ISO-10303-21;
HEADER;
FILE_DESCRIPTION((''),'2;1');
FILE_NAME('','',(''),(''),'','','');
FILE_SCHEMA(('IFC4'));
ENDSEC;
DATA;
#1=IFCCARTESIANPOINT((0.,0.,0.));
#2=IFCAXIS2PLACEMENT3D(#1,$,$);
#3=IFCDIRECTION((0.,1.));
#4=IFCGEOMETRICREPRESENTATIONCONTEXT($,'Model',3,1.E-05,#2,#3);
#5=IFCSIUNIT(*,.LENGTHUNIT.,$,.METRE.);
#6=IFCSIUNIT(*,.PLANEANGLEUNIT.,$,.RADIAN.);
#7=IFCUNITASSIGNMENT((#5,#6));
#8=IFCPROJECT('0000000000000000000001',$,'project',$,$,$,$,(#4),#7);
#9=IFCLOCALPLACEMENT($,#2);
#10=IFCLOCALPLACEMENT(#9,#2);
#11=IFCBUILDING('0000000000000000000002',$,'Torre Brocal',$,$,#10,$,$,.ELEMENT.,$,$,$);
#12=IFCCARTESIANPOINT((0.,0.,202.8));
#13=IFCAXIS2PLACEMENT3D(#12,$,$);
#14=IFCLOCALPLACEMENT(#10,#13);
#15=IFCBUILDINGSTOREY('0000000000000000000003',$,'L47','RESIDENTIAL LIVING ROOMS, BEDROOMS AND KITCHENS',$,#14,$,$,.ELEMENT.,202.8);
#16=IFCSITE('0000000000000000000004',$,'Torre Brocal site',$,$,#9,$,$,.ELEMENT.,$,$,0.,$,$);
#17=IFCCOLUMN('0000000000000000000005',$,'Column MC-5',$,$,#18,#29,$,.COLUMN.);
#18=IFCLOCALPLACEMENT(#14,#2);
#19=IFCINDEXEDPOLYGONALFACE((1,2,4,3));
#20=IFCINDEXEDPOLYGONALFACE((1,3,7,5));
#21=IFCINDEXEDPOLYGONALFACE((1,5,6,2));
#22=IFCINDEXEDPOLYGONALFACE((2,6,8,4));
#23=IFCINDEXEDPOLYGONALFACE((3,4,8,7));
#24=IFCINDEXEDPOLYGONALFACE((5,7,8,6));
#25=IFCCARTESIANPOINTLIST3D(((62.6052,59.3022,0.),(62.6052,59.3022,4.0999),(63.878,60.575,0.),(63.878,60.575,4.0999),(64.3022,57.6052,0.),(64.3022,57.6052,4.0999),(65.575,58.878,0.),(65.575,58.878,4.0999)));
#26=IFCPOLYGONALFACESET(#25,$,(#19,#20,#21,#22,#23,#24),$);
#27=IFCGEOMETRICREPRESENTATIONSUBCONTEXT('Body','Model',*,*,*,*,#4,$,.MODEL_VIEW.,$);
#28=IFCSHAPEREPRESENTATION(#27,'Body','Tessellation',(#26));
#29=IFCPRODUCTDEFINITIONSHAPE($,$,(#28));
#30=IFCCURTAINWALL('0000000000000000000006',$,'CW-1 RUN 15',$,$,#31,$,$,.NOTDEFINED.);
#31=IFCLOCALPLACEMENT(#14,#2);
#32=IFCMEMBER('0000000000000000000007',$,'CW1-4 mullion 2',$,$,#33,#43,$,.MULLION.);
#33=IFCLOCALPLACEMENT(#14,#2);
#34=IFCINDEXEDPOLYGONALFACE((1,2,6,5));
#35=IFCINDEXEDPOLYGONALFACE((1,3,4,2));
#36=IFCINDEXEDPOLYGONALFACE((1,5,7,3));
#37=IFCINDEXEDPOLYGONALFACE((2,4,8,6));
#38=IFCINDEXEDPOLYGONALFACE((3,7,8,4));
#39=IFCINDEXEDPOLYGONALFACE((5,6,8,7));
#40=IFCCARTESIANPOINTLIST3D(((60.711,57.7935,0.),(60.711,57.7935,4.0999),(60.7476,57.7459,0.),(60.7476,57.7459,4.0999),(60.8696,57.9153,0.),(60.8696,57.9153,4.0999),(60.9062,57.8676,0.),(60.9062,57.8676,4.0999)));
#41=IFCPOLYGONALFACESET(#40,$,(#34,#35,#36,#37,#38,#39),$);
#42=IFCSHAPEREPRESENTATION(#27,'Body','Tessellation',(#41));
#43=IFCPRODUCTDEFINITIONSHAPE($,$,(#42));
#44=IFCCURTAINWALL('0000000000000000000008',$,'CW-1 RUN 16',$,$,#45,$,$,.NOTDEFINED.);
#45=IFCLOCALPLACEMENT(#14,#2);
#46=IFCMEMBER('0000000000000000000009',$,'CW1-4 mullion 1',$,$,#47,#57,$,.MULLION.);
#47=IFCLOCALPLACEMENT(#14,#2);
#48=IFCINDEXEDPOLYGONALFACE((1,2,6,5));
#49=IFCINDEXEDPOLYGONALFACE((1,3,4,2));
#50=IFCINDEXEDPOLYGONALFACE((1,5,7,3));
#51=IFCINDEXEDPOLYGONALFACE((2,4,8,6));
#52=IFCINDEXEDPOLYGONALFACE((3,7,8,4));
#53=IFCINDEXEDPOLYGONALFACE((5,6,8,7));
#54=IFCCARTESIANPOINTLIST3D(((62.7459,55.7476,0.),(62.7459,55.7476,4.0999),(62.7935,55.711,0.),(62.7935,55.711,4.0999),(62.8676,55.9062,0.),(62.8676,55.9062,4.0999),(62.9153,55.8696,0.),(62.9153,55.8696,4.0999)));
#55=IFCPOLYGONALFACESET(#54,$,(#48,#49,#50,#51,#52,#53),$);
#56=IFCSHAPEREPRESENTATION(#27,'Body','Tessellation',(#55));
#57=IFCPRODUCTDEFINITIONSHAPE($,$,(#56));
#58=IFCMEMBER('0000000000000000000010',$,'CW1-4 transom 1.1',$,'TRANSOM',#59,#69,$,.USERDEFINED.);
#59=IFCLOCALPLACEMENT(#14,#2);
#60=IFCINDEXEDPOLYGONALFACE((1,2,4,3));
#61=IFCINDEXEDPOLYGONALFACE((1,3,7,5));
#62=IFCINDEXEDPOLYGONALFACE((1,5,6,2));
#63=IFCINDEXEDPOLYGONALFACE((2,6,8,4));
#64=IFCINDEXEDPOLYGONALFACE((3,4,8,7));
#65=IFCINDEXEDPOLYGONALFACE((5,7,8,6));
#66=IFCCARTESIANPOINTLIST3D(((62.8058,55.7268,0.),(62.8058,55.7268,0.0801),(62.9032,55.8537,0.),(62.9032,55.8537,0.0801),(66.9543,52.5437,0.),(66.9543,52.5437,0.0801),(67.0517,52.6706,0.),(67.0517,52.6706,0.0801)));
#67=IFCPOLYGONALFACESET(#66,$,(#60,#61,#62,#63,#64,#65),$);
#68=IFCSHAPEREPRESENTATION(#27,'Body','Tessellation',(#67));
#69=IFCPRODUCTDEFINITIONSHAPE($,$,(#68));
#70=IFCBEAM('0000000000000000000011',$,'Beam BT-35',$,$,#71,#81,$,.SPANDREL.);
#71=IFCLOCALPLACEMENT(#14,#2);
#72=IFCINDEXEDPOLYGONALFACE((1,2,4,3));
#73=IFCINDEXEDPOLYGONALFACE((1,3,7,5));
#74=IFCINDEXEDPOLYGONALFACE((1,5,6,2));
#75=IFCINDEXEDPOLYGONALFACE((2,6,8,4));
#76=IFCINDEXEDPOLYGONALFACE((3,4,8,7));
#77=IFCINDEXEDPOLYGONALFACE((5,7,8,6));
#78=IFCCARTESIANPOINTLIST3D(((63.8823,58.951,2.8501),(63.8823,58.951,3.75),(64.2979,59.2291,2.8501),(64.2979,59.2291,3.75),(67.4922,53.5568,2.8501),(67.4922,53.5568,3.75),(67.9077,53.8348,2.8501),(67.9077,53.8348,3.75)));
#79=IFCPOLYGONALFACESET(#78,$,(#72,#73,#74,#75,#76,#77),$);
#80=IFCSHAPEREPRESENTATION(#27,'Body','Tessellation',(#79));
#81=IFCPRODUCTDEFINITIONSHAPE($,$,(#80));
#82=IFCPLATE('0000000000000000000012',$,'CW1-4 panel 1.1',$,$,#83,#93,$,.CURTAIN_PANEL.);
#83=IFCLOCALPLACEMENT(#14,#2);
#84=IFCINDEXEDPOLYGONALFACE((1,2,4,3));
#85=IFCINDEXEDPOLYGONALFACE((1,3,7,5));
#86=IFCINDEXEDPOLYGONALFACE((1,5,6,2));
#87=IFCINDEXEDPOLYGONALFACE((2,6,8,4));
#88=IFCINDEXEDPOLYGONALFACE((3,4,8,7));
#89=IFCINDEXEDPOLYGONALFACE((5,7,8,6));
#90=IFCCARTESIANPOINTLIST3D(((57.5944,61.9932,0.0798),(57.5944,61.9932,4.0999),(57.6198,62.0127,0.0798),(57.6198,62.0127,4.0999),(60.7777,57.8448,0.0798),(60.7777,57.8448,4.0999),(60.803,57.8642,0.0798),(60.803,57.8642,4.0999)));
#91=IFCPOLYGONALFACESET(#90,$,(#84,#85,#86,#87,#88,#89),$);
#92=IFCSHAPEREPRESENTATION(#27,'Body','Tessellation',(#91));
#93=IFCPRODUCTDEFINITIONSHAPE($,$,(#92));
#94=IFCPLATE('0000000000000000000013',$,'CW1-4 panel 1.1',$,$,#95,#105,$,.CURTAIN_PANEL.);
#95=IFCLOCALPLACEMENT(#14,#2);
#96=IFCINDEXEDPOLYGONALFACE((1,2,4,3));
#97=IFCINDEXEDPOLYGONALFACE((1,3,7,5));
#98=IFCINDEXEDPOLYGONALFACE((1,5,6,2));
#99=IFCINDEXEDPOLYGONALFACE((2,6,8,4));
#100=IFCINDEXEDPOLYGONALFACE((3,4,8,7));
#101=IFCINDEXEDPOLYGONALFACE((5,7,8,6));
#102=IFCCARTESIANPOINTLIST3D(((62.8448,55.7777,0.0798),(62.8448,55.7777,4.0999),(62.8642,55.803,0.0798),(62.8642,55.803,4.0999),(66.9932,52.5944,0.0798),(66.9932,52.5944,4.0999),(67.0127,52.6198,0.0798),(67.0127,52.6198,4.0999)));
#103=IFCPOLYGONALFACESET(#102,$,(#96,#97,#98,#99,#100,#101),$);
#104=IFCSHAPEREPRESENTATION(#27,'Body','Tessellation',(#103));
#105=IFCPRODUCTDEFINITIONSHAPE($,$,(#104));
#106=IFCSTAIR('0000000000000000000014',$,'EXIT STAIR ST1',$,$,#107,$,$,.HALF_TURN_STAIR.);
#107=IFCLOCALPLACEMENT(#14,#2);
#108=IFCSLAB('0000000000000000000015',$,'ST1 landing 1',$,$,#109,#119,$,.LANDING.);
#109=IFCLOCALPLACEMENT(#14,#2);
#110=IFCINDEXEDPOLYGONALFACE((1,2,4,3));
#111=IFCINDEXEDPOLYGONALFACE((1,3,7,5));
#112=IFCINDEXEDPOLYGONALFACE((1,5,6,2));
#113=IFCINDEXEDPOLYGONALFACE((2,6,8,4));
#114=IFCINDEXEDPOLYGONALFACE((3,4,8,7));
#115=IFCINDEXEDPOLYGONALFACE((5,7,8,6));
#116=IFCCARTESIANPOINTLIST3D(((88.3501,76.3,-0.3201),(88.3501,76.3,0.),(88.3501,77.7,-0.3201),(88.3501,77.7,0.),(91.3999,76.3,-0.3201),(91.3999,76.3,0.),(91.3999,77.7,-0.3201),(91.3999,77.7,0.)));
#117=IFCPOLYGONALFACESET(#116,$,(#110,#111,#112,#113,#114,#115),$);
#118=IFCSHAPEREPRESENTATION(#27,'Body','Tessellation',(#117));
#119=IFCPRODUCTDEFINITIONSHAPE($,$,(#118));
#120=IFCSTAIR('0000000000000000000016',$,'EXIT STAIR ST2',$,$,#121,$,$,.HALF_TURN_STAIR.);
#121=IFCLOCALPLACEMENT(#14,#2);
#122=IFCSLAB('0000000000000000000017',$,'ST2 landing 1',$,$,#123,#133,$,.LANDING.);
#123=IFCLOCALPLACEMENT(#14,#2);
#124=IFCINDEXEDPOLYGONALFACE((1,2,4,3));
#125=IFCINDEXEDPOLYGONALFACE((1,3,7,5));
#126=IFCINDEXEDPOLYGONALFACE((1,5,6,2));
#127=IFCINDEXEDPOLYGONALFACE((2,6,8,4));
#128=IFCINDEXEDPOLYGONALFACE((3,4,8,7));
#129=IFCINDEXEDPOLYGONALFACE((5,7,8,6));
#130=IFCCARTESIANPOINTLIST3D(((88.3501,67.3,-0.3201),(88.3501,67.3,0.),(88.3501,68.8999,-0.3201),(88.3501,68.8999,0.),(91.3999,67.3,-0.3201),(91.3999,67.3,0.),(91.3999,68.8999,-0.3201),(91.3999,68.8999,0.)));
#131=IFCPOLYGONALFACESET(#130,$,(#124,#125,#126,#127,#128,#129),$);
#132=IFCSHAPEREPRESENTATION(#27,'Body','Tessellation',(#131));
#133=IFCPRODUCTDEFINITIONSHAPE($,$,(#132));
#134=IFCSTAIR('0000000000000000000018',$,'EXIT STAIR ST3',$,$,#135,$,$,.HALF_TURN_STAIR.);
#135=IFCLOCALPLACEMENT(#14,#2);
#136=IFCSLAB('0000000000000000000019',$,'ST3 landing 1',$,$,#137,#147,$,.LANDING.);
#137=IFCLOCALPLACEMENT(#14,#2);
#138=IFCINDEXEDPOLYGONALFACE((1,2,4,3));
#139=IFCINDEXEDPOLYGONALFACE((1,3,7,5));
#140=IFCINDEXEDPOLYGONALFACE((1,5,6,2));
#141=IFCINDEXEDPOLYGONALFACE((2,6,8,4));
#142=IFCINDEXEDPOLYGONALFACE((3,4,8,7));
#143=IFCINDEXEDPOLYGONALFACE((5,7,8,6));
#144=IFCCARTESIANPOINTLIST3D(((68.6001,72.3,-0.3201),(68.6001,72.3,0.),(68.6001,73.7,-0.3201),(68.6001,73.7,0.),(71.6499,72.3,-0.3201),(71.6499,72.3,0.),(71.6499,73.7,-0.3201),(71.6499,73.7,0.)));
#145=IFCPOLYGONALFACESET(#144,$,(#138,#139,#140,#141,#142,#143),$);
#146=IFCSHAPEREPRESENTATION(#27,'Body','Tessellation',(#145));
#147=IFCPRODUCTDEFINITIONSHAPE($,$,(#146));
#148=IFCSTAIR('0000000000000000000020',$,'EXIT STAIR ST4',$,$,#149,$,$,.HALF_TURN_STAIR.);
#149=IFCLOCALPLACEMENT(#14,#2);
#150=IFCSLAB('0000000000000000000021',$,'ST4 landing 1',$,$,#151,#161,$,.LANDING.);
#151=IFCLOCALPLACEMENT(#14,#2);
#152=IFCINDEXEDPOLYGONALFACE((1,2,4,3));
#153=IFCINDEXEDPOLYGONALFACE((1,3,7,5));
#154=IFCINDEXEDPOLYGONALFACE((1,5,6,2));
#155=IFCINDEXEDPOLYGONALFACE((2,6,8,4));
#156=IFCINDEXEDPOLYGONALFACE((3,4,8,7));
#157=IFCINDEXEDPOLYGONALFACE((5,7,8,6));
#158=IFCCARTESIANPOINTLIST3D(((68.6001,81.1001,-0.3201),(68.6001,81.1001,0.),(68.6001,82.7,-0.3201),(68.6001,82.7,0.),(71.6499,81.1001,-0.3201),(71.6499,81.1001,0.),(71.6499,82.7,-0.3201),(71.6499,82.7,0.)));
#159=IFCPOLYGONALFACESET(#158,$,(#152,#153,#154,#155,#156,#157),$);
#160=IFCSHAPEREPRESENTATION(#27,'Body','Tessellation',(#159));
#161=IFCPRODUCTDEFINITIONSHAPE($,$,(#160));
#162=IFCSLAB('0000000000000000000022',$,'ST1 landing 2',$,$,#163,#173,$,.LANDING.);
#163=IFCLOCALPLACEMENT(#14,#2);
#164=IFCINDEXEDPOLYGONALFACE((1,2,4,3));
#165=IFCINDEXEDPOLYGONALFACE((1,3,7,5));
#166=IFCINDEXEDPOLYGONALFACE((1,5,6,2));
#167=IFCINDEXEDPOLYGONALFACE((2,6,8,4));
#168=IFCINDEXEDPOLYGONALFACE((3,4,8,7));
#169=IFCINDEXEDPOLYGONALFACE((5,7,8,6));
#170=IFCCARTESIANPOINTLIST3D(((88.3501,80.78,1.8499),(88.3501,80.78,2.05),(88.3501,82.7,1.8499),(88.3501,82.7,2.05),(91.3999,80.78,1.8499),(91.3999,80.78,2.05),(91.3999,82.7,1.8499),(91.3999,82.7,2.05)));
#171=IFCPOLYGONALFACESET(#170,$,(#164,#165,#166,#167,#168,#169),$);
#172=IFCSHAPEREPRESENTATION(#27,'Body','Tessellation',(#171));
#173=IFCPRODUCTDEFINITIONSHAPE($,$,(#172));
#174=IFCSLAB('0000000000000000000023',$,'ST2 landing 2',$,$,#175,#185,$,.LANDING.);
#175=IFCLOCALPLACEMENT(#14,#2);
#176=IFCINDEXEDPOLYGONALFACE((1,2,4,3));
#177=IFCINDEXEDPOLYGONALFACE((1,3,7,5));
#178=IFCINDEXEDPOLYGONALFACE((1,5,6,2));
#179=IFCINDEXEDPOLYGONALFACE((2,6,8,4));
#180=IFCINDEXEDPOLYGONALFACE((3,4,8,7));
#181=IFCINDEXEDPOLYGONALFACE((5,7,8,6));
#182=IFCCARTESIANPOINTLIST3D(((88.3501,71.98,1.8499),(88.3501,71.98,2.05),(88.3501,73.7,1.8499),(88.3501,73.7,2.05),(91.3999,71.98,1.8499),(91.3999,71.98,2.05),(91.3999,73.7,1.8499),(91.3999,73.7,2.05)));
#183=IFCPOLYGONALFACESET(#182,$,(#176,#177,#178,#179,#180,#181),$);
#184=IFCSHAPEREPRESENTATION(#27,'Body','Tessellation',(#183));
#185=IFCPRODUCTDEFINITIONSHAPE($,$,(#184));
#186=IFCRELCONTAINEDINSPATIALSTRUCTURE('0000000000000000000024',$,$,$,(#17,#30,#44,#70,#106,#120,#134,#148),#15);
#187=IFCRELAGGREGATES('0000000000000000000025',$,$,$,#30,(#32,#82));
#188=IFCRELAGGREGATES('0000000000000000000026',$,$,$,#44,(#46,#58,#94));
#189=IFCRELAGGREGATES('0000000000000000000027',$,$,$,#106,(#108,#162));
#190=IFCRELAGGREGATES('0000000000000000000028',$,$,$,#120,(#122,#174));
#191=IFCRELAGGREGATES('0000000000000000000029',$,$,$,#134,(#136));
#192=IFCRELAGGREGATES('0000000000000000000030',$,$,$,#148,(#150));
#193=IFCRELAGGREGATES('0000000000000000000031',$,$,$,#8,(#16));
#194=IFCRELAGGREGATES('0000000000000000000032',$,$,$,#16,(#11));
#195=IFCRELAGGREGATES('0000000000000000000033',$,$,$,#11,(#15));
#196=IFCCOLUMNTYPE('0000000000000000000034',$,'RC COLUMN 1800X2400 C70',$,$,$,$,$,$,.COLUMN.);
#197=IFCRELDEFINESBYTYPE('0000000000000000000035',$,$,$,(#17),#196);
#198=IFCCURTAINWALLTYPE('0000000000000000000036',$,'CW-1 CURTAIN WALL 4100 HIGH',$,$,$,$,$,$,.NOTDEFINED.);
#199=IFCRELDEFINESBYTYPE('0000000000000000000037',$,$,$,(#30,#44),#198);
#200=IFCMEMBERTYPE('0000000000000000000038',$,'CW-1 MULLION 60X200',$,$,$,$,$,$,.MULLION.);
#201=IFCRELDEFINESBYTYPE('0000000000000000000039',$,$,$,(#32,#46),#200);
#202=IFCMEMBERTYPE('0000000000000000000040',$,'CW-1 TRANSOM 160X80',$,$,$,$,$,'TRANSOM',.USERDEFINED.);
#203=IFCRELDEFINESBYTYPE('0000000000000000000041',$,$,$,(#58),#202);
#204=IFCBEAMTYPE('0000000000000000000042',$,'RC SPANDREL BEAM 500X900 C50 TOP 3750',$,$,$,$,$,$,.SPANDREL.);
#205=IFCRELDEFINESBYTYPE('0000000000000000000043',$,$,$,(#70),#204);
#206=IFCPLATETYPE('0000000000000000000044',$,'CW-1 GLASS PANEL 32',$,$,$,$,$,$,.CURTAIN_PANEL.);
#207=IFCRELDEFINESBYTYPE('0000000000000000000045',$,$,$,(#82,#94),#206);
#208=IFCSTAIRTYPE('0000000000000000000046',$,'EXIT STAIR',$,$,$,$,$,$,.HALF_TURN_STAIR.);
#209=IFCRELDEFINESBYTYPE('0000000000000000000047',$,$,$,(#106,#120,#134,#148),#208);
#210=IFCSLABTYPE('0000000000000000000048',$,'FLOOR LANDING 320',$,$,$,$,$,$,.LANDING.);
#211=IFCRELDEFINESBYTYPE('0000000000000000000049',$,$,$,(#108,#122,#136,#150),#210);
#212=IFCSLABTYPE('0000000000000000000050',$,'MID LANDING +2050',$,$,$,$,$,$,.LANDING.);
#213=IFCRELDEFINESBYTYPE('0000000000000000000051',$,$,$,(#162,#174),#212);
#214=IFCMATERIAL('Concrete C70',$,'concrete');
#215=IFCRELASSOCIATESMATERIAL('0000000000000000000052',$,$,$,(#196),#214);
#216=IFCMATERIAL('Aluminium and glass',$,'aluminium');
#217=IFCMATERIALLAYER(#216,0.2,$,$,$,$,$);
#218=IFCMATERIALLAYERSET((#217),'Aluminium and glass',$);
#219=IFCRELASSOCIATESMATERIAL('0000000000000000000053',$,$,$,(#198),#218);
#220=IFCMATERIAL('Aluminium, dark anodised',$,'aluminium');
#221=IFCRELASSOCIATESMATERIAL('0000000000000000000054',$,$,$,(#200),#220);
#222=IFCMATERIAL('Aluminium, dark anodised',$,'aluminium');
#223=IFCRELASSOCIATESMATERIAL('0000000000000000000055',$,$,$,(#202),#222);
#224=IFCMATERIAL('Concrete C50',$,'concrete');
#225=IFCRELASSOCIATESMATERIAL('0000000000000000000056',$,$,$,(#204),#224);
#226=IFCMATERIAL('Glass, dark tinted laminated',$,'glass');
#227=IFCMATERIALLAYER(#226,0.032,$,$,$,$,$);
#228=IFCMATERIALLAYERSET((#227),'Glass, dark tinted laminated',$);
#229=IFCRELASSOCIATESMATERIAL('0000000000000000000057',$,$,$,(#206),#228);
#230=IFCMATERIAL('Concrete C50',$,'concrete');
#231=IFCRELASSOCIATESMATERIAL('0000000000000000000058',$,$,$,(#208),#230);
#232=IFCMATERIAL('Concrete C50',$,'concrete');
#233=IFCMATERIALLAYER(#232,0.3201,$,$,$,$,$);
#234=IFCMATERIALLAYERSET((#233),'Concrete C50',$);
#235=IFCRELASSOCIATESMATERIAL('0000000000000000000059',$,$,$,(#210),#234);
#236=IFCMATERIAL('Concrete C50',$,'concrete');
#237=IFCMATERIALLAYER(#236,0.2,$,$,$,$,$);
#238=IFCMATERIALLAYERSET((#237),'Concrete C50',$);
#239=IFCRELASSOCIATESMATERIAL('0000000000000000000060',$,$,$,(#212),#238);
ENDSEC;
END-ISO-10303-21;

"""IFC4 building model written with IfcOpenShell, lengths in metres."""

from ifc_helpers import new_model, si_unit, direction, frame, origin, origin_2d, place, context, subcontext, project, spatial, polyline, rectangle, outline, extrude, material, layer, layer_set, material_profile, profile_set, type_object, element, aggregate, save


model = new_model("IFC4")

# Units and contexts
model_context = context("Model", 3, precision=1e-05, world=origin(), true_north=direction((0.0, 1.0)))
body_context = subcontext(model_context, "Body", "Model", "MODEL_VIEW")
ifc_project = project(units=[si_unit("LENGTHUNIT", "METRE"), si_unit("PLANEANGLEUNIT", "RADIAN")], contexts=[model_context])

# Site, building, storey
site_placement = place(None, origin())
site = spatial("IfcSite", under=ifc_project, at=site_placement, Name="Torre Brocal site", CompositionType="ELEMENT", RefElevation=0.0)
building_placement = place(site_placement, origin())
building = spatial("IfcBuilding", under=site, at=building_placement, Name="Torre Brocal", CompositionType="ELEMENT")
storey_placement = place(building_placement, frame((0.0, 0.0, 202.8)))
storey = spatial("IfcBuildingStorey", under=building, at=storey_placement, Name="L47", Description="RESIDENTIAL LIVING ROOMS, BEDROOMS AND KITCHENS", CompositionType="ELEMENT", Elevation=202.8)

# Column
ifc_material_1 = material(Name="Concrete C70", Category="concrete")
ifc_material_profile_1 = material_profile(ifc_material_1, rectangle(XDim=1.8, YDim=2.3999, at=origin_2d()), Name="RC 1800X2400")
ifc_profile_set_1 = profile_set([ifc_material_profile_1], Name="Concrete C70")
column_type = type_object("IfcColumnType", Name="RC COLUMN 1800X2400 C70", PredefinedType="COLUMN", material=ifc_profile_set_1)
column_placement = place(storey_placement, frame((64.0901, 59.0901, 0.0), z_axis=(0.0, 0.0, 1.0), x_axis=(-0.707107, -0.707107, 0.0)))
element("IfcColumn", 1, at=column_placement, inside=storey, type_object=column_type, Name="Column MC-5", PredefinedType="COLUMN", context=body_context, shape_type="SweptSolid", body=[
    extrude(rectangle(XDim=1.8, YDim=2.3999, at=origin_2d()), origin(), (0.0, 0.0, 1.0), 4.0999),
])

# Curtain wall, member
ifc_material_2 = material(Name="Aluminium and glass", Category="aluminium")
ifc_layer_1 = layer(ifc_material_2, 0.2)
ifc_layer_set_1 = layer_set([ifc_layer_1], Name="Aluminium and glass")
curtain_wall_type = type_object("IfcCurtainWallType", Name="CW-1 CURTAIN WALL 4100 HIGH", PredefinedType="NOTDEFINED", material=ifc_layer_set_1)
curtain_wall_1_placement = place(storey_placement, origin())
curtain_wall_1 = element("IfcCurtainWall", 2, at=curtain_wall_1_placement, inside=storey, type_object=curtain_wall_type, Name="CW-1 RUN 15", PredefinedType="NOTDEFINED")
ifc_material_3 = material(Name="Aluminium, dark anodised", Category="aluminium")
ifc_material_profile_2 = material_profile(ifc_material_3, rectangle(XDim=0.2, YDim=0.0601, at=origin_2d()), Name="CW-1 MULLION 60X200")
ifc_profile_set_2 = profile_set([ifc_material_profile_2], Name="Aluminium, dark anodised")
member_type_1 = type_object("IfcMemberType", Name="CW-1 MULLION 60X200", PredefinedType="MULLION", material=ifc_profile_set_2)
member_1_placement = place(storey_placement, frame((60.8086, 57.8306, 0.0), z_axis=(0.0, 0.0, 1.0), x_axis=(0.793353, 0.608761, 0.0)))
member_1 = element("IfcMember", 3, at=member_1_placement, type_object=member_type_1, Name="CW1-4 mullion 2", PredefinedType="MULLION", context=body_context, shape_type="SweptSolid", body=[
    extrude(rectangle(XDim=0.2, YDim=0.0601, at=origin_2d()), origin(), (0.0, 0.0, 1.0), 4.0999),
])

# Curtain wall, members
curtain_wall_2_placement = place(storey_placement, origin())
curtain_wall_2 = element("IfcCurtainWall", 4, at=curtain_wall_2_placement, inside=storey, type_object=curtain_wall_type, Name="CW-1 RUN 16", PredefinedType="NOTDEFINED")
member_2_placement = place(storey_placement, frame((62.8306, 55.8086, 0.0), z_axis=(0.0, 0.0, 1.0), x_axis=(0.608761, 0.793353, 0.0)))
member_2 = element("IfcMember", 5, at=member_2_placement, type_object=member_type_1, Name="CW1-4 mullion 1", PredefinedType="MULLION", context=body_context, shape_type="SweptSolid", body=[
    extrude(rectangle(XDim=0.2, YDim=0.0601, at=origin_2d()), origin(), (0.0, 0.0, 1.0), 4.0999),
])
ifc_material_4 = material(Name="Aluminium, dark anodised", Category="aluminium")
ifc_material_profile_3 = material_profile(ifc_material_4, rectangle(XDim=0.1599, YDim=0.0801, at=origin_2d()), Name="CW-1 TRANSOM 160X80")
ifc_profile_set_3 = profile_set([ifc_material_profile_3], Name="Aluminium, dark anodised")
member_type_2 = type_object("IfcMemberType", Name="CW-1 TRANSOM 160X80", ElementType="TRANSOM", PredefinedType="USERDEFINED", material=ifc_profile_set_3)
member_3_placement = place(storey_placement, frame((62.8545, 55.7903, 0.04), z_axis=(0.793363, -0.608749, 0.0), x_axis=(0.608749, 0.793363, 0.0)))
member_3 = element("IfcMember", 6, at=member_3_placement, type_object=member_type_2, Name="CW1-4 transom 1.1", ObjectType="TRANSOM", PredefinedType="USERDEFINED", context=body_context, shape_type="SweptSolid", body=[
    extrude(rectangle(XDim=0.1599, YDim=0.0801, at=origin_2d()), origin(), (0.0, 0.0, 1.0), 5.229),
])

# Beam
ifc_material_5 = material(Name="Concrete C50", Category="concrete")
ifc_material_profile_4 = material_profile(ifc_material_5, rectangle(XDim=0.5, YDim=0.8999, at=origin_2d()), Name="RC 500X900")
ifc_profile_set_4 = profile_set([ifc_material_profile_4], Name="Concrete C50")
beam_type = type_object("IfcBeamType", Name="RC SPANDREL BEAM 500X900 C50 TOP 3750", PredefinedType="SPANDREL", material=ifc_profile_set_4)
beam_placement = place(storey_placement, frame((64.0901, 59.0901, 3.3), z_axis=(0.556158, -0.831077, 0.0), x_axis=(0.831077, 0.556158, 0.0)))
element("IfcBeam", 7, at=beam_placement, inside=storey, type_object=beam_type, Name="Beam BT-35", PredefinedType="SPANDREL", context=body_context, shape_type="SweptSolid", body=[
    extrude(rectangle(XDim=0.5, YDim=0.8999, at=origin_2d()), origin(), (0.0, 0.0, 1.0), 6.4907),
])

# Plates
ifc_material_6 = material(Name="Glass, dark tinted laminated", Category="glass")
ifc_layer_2 = layer(ifc_material_6, 0.032)
ifc_layer_set_2 = layer_set([ifc_layer_2], Name="Glass, dark tinted laminated")
plate_type = type_object("IfcPlateType", Name="CW-1 GLASS PANEL 32", PredefinedType="CURTAIN_PANEL", material=ifc_layer_set_2)
plate_1_placement = place(storey_placement, frame((59.1987, 59.9287, 0.0798), z_axis=(0.0, 0.0, 1.0), x_axis=(0.608761, -0.793353, 0.0)))
plate_1 = element("IfcPlate", 8, at=plate_1_placement, type_object=plate_type, Name="CW1-4 panel 1.1", PredefinedType="CURTAIN_PANEL", context=body_context, shape_type="SweptSolid", body=[
    extrude(rectangle(XDim=5.229, YDim=0.032, at=origin_2d()), origin(), (0.0, 0.0, 1.0), 4.02),
])
aggregate(curtain_wall_1, [member_1, plate_1])
plate_2_placement = place(storey_placement, frame((64.9287, 54.1987, 0.0798), z_axis=(0.0, 0.0, 1.0), x_axis=(0.793353, -0.608761, 0.0)))
plate_2 = element("IfcPlate", 9, at=plate_2_placement, type_object=plate_type, Name="CW1-4 panel 1.1", PredefinedType="CURTAIN_PANEL", context=body_context, shape_type="SweptSolid", body=[
    extrude(rectangle(XDim=5.229, YDim=0.032, at=origin_2d()), origin(), (0.0, 0.0, 1.0), 4.02),
])
aggregate(curtain_wall_2, [member_2, member_3, plate_2])

# Stairs, slabs
ifc_material_7 = material(Name="Concrete C50", Category="concrete")
stair_type = type_object("IfcStairType", Name="EXIT STAIR", PredefinedType="HALF_TURN_STAIR", material=ifc_material_7)
stair_1_placement = place(storey_placement, origin())
stair_1 = element("IfcStair", 10, at=stair_1_placement, inside=storey, type_object=stair_type, Name="EXIT STAIR ST1", PredefinedType="HALF_TURN_STAIR")
ifc_material_8 = material(Name="Concrete C50", Category="concrete")
ifc_layer_3 = layer(ifc_material_8, 0.3201)
ifc_layer_set_3 = layer_set([ifc_layer_3], Name="Concrete C50")
slab_type_1 = type_object("IfcSlabType", Name="FLOOR LANDING 320", PredefinedType="LANDING", material=ifc_layer_set_3)
slab_1_placement = place(storey_placement, frame((0.0, 0.0, -0.3201)))
slab_1 = element("IfcSlab", 11, at=slab_1_placement, type_object=slab_type_1, Name="ST1 landing 1", PredefinedType="LANDING", context=body_context, shape_type="SweptSolid", body=[
    extrude(outline(polyline([(88.3501, 76.3), (91.3999, 76.3), (91.3999, 77.7), (88.3501, 77.7), (88.3501, 76.3)])), origin(), (0.0, 0.0, 1.0), 0.3201),
])
stair_2_placement = place(storey_placement, origin())
stair_2 = element("IfcStair", 12, at=stair_2_placement, inside=storey, type_object=stair_type, Name="EXIT STAIR ST2", PredefinedType="HALF_TURN_STAIR")
slab_2_placement = place(storey_placement, frame((0.0, 0.0, -0.3201)))
slab_2 = element("IfcSlab", 13, at=slab_2_placement, type_object=slab_type_1, Name="ST2 landing 1", PredefinedType="LANDING", context=body_context, shape_type="SweptSolid", body=[
    extrude(outline(polyline([(88.3501, 67.3), (91.3999, 67.3), (91.3999, 68.8999), (88.3501, 68.8999), (88.3501, 67.3)])), origin(), (0.0, 0.0, 1.0), 0.3201),
])
stair_3_placement = place(storey_placement, origin())
stair_3 = element("IfcStair", 14, at=stair_3_placement, inside=storey, type_object=stair_type, Name="EXIT STAIR ST3", PredefinedType="HALF_TURN_STAIR")
slab_3_placement = place(storey_placement, frame((0.0, 0.0, -0.3201)))
slab_3 = element("IfcSlab", 15, at=slab_3_placement, type_object=slab_type_1, Name="ST3 landing 1", PredefinedType="LANDING", context=body_context, shape_type="SweptSolid", body=[
    extrude(outline(polyline([(71.6499, 73.7), (68.6001, 73.7), (68.6001, 72.3), (71.6499, 72.3), (71.6499, 73.7)])), origin(), (0.0, 0.0, 1.0), 0.3201),
])
stair_4_placement = place(storey_placement, origin())
stair_4 = element("IfcStair", 16, at=stair_4_placement, inside=storey, type_object=stair_type, Name="EXIT STAIR ST4", PredefinedType="HALF_TURN_STAIR")
slab_4_placement = place(storey_placement, frame((0.0, 0.0, -0.3201)))
slab_4 = element("IfcSlab", 17, at=slab_4_placement, type_object=slab_type_1, Name="ST4 landing 1", PredefinedType="LANDING", context=body_context, shape_type="SweptSolid", body=[
    extrude(outline(polyline([(71.6499, 82.7), (68.6001, 82.7), (68.6001, 81.1001), (71.6499, 81.1001), (71.6499, 82.7)])), origin(), (0.0, 0.0, 1.0), 0.3201),
])

# Slabs
ifc_material_9 = material(Name="Concrete C50", Category="concrete")
ifc_layer_4 = layer(ifc_material_9, 0.2)
ifc_layer_set_4 = layer_set([ifc_layer_4], Name="Concrete C50")
slab_type_2 = type_object("IfcSlabType", Name="MID LANDING +2050", PredefinedType="LANDING", material=ifc_layer_set_4)
slab_5_placement = place(storey_placement, frame((0.0, 0.0, 1.8499)))
slab_5 = element("IfcSlab", 18, at=slab_5_placement, type_object=slab_type_2, Name="ST1 landing 2", PredefinedType="LANDING", context=body_context, shape_type="SweptSolid", body=[
    extrude(outline(polyline([(88.3501, 80.78), (91.3999, 80.78), (91.3999, 82.7), (88.3501, 82.7), (88.3501, 80.78)])), origin(), (0.0, 0.0, 1.0), 0.2002),
])
aggregate(stair_1, [slab_1, slab_5])
slab_6_placement = place(storey_placement, frame((0.0, 0.0, 1.8499)))
slab_6 = element("IfcSlab", 19, at=slab_6_placement, type_object=slab_type_2, Name="ST2 landing 2", PredefinedType="LANDING", context=body_context, shape_type="SweptSolid", body=[
    extrude(outline(polyline([(88.3501, 71.98), (91.3999, 71.98), (91.3999, 73.7), (88.3501, 73.7), (88.3501, 71.98)])), origin(), (0.0, 0.0, 1.0), 0.2002),
])
aggregate(stair_2, [slab_2, slab_6])
aggregate(stair_3, [slab_3])
aggregate(stair_4, [slab_4])

save(model, "model.ifc")
